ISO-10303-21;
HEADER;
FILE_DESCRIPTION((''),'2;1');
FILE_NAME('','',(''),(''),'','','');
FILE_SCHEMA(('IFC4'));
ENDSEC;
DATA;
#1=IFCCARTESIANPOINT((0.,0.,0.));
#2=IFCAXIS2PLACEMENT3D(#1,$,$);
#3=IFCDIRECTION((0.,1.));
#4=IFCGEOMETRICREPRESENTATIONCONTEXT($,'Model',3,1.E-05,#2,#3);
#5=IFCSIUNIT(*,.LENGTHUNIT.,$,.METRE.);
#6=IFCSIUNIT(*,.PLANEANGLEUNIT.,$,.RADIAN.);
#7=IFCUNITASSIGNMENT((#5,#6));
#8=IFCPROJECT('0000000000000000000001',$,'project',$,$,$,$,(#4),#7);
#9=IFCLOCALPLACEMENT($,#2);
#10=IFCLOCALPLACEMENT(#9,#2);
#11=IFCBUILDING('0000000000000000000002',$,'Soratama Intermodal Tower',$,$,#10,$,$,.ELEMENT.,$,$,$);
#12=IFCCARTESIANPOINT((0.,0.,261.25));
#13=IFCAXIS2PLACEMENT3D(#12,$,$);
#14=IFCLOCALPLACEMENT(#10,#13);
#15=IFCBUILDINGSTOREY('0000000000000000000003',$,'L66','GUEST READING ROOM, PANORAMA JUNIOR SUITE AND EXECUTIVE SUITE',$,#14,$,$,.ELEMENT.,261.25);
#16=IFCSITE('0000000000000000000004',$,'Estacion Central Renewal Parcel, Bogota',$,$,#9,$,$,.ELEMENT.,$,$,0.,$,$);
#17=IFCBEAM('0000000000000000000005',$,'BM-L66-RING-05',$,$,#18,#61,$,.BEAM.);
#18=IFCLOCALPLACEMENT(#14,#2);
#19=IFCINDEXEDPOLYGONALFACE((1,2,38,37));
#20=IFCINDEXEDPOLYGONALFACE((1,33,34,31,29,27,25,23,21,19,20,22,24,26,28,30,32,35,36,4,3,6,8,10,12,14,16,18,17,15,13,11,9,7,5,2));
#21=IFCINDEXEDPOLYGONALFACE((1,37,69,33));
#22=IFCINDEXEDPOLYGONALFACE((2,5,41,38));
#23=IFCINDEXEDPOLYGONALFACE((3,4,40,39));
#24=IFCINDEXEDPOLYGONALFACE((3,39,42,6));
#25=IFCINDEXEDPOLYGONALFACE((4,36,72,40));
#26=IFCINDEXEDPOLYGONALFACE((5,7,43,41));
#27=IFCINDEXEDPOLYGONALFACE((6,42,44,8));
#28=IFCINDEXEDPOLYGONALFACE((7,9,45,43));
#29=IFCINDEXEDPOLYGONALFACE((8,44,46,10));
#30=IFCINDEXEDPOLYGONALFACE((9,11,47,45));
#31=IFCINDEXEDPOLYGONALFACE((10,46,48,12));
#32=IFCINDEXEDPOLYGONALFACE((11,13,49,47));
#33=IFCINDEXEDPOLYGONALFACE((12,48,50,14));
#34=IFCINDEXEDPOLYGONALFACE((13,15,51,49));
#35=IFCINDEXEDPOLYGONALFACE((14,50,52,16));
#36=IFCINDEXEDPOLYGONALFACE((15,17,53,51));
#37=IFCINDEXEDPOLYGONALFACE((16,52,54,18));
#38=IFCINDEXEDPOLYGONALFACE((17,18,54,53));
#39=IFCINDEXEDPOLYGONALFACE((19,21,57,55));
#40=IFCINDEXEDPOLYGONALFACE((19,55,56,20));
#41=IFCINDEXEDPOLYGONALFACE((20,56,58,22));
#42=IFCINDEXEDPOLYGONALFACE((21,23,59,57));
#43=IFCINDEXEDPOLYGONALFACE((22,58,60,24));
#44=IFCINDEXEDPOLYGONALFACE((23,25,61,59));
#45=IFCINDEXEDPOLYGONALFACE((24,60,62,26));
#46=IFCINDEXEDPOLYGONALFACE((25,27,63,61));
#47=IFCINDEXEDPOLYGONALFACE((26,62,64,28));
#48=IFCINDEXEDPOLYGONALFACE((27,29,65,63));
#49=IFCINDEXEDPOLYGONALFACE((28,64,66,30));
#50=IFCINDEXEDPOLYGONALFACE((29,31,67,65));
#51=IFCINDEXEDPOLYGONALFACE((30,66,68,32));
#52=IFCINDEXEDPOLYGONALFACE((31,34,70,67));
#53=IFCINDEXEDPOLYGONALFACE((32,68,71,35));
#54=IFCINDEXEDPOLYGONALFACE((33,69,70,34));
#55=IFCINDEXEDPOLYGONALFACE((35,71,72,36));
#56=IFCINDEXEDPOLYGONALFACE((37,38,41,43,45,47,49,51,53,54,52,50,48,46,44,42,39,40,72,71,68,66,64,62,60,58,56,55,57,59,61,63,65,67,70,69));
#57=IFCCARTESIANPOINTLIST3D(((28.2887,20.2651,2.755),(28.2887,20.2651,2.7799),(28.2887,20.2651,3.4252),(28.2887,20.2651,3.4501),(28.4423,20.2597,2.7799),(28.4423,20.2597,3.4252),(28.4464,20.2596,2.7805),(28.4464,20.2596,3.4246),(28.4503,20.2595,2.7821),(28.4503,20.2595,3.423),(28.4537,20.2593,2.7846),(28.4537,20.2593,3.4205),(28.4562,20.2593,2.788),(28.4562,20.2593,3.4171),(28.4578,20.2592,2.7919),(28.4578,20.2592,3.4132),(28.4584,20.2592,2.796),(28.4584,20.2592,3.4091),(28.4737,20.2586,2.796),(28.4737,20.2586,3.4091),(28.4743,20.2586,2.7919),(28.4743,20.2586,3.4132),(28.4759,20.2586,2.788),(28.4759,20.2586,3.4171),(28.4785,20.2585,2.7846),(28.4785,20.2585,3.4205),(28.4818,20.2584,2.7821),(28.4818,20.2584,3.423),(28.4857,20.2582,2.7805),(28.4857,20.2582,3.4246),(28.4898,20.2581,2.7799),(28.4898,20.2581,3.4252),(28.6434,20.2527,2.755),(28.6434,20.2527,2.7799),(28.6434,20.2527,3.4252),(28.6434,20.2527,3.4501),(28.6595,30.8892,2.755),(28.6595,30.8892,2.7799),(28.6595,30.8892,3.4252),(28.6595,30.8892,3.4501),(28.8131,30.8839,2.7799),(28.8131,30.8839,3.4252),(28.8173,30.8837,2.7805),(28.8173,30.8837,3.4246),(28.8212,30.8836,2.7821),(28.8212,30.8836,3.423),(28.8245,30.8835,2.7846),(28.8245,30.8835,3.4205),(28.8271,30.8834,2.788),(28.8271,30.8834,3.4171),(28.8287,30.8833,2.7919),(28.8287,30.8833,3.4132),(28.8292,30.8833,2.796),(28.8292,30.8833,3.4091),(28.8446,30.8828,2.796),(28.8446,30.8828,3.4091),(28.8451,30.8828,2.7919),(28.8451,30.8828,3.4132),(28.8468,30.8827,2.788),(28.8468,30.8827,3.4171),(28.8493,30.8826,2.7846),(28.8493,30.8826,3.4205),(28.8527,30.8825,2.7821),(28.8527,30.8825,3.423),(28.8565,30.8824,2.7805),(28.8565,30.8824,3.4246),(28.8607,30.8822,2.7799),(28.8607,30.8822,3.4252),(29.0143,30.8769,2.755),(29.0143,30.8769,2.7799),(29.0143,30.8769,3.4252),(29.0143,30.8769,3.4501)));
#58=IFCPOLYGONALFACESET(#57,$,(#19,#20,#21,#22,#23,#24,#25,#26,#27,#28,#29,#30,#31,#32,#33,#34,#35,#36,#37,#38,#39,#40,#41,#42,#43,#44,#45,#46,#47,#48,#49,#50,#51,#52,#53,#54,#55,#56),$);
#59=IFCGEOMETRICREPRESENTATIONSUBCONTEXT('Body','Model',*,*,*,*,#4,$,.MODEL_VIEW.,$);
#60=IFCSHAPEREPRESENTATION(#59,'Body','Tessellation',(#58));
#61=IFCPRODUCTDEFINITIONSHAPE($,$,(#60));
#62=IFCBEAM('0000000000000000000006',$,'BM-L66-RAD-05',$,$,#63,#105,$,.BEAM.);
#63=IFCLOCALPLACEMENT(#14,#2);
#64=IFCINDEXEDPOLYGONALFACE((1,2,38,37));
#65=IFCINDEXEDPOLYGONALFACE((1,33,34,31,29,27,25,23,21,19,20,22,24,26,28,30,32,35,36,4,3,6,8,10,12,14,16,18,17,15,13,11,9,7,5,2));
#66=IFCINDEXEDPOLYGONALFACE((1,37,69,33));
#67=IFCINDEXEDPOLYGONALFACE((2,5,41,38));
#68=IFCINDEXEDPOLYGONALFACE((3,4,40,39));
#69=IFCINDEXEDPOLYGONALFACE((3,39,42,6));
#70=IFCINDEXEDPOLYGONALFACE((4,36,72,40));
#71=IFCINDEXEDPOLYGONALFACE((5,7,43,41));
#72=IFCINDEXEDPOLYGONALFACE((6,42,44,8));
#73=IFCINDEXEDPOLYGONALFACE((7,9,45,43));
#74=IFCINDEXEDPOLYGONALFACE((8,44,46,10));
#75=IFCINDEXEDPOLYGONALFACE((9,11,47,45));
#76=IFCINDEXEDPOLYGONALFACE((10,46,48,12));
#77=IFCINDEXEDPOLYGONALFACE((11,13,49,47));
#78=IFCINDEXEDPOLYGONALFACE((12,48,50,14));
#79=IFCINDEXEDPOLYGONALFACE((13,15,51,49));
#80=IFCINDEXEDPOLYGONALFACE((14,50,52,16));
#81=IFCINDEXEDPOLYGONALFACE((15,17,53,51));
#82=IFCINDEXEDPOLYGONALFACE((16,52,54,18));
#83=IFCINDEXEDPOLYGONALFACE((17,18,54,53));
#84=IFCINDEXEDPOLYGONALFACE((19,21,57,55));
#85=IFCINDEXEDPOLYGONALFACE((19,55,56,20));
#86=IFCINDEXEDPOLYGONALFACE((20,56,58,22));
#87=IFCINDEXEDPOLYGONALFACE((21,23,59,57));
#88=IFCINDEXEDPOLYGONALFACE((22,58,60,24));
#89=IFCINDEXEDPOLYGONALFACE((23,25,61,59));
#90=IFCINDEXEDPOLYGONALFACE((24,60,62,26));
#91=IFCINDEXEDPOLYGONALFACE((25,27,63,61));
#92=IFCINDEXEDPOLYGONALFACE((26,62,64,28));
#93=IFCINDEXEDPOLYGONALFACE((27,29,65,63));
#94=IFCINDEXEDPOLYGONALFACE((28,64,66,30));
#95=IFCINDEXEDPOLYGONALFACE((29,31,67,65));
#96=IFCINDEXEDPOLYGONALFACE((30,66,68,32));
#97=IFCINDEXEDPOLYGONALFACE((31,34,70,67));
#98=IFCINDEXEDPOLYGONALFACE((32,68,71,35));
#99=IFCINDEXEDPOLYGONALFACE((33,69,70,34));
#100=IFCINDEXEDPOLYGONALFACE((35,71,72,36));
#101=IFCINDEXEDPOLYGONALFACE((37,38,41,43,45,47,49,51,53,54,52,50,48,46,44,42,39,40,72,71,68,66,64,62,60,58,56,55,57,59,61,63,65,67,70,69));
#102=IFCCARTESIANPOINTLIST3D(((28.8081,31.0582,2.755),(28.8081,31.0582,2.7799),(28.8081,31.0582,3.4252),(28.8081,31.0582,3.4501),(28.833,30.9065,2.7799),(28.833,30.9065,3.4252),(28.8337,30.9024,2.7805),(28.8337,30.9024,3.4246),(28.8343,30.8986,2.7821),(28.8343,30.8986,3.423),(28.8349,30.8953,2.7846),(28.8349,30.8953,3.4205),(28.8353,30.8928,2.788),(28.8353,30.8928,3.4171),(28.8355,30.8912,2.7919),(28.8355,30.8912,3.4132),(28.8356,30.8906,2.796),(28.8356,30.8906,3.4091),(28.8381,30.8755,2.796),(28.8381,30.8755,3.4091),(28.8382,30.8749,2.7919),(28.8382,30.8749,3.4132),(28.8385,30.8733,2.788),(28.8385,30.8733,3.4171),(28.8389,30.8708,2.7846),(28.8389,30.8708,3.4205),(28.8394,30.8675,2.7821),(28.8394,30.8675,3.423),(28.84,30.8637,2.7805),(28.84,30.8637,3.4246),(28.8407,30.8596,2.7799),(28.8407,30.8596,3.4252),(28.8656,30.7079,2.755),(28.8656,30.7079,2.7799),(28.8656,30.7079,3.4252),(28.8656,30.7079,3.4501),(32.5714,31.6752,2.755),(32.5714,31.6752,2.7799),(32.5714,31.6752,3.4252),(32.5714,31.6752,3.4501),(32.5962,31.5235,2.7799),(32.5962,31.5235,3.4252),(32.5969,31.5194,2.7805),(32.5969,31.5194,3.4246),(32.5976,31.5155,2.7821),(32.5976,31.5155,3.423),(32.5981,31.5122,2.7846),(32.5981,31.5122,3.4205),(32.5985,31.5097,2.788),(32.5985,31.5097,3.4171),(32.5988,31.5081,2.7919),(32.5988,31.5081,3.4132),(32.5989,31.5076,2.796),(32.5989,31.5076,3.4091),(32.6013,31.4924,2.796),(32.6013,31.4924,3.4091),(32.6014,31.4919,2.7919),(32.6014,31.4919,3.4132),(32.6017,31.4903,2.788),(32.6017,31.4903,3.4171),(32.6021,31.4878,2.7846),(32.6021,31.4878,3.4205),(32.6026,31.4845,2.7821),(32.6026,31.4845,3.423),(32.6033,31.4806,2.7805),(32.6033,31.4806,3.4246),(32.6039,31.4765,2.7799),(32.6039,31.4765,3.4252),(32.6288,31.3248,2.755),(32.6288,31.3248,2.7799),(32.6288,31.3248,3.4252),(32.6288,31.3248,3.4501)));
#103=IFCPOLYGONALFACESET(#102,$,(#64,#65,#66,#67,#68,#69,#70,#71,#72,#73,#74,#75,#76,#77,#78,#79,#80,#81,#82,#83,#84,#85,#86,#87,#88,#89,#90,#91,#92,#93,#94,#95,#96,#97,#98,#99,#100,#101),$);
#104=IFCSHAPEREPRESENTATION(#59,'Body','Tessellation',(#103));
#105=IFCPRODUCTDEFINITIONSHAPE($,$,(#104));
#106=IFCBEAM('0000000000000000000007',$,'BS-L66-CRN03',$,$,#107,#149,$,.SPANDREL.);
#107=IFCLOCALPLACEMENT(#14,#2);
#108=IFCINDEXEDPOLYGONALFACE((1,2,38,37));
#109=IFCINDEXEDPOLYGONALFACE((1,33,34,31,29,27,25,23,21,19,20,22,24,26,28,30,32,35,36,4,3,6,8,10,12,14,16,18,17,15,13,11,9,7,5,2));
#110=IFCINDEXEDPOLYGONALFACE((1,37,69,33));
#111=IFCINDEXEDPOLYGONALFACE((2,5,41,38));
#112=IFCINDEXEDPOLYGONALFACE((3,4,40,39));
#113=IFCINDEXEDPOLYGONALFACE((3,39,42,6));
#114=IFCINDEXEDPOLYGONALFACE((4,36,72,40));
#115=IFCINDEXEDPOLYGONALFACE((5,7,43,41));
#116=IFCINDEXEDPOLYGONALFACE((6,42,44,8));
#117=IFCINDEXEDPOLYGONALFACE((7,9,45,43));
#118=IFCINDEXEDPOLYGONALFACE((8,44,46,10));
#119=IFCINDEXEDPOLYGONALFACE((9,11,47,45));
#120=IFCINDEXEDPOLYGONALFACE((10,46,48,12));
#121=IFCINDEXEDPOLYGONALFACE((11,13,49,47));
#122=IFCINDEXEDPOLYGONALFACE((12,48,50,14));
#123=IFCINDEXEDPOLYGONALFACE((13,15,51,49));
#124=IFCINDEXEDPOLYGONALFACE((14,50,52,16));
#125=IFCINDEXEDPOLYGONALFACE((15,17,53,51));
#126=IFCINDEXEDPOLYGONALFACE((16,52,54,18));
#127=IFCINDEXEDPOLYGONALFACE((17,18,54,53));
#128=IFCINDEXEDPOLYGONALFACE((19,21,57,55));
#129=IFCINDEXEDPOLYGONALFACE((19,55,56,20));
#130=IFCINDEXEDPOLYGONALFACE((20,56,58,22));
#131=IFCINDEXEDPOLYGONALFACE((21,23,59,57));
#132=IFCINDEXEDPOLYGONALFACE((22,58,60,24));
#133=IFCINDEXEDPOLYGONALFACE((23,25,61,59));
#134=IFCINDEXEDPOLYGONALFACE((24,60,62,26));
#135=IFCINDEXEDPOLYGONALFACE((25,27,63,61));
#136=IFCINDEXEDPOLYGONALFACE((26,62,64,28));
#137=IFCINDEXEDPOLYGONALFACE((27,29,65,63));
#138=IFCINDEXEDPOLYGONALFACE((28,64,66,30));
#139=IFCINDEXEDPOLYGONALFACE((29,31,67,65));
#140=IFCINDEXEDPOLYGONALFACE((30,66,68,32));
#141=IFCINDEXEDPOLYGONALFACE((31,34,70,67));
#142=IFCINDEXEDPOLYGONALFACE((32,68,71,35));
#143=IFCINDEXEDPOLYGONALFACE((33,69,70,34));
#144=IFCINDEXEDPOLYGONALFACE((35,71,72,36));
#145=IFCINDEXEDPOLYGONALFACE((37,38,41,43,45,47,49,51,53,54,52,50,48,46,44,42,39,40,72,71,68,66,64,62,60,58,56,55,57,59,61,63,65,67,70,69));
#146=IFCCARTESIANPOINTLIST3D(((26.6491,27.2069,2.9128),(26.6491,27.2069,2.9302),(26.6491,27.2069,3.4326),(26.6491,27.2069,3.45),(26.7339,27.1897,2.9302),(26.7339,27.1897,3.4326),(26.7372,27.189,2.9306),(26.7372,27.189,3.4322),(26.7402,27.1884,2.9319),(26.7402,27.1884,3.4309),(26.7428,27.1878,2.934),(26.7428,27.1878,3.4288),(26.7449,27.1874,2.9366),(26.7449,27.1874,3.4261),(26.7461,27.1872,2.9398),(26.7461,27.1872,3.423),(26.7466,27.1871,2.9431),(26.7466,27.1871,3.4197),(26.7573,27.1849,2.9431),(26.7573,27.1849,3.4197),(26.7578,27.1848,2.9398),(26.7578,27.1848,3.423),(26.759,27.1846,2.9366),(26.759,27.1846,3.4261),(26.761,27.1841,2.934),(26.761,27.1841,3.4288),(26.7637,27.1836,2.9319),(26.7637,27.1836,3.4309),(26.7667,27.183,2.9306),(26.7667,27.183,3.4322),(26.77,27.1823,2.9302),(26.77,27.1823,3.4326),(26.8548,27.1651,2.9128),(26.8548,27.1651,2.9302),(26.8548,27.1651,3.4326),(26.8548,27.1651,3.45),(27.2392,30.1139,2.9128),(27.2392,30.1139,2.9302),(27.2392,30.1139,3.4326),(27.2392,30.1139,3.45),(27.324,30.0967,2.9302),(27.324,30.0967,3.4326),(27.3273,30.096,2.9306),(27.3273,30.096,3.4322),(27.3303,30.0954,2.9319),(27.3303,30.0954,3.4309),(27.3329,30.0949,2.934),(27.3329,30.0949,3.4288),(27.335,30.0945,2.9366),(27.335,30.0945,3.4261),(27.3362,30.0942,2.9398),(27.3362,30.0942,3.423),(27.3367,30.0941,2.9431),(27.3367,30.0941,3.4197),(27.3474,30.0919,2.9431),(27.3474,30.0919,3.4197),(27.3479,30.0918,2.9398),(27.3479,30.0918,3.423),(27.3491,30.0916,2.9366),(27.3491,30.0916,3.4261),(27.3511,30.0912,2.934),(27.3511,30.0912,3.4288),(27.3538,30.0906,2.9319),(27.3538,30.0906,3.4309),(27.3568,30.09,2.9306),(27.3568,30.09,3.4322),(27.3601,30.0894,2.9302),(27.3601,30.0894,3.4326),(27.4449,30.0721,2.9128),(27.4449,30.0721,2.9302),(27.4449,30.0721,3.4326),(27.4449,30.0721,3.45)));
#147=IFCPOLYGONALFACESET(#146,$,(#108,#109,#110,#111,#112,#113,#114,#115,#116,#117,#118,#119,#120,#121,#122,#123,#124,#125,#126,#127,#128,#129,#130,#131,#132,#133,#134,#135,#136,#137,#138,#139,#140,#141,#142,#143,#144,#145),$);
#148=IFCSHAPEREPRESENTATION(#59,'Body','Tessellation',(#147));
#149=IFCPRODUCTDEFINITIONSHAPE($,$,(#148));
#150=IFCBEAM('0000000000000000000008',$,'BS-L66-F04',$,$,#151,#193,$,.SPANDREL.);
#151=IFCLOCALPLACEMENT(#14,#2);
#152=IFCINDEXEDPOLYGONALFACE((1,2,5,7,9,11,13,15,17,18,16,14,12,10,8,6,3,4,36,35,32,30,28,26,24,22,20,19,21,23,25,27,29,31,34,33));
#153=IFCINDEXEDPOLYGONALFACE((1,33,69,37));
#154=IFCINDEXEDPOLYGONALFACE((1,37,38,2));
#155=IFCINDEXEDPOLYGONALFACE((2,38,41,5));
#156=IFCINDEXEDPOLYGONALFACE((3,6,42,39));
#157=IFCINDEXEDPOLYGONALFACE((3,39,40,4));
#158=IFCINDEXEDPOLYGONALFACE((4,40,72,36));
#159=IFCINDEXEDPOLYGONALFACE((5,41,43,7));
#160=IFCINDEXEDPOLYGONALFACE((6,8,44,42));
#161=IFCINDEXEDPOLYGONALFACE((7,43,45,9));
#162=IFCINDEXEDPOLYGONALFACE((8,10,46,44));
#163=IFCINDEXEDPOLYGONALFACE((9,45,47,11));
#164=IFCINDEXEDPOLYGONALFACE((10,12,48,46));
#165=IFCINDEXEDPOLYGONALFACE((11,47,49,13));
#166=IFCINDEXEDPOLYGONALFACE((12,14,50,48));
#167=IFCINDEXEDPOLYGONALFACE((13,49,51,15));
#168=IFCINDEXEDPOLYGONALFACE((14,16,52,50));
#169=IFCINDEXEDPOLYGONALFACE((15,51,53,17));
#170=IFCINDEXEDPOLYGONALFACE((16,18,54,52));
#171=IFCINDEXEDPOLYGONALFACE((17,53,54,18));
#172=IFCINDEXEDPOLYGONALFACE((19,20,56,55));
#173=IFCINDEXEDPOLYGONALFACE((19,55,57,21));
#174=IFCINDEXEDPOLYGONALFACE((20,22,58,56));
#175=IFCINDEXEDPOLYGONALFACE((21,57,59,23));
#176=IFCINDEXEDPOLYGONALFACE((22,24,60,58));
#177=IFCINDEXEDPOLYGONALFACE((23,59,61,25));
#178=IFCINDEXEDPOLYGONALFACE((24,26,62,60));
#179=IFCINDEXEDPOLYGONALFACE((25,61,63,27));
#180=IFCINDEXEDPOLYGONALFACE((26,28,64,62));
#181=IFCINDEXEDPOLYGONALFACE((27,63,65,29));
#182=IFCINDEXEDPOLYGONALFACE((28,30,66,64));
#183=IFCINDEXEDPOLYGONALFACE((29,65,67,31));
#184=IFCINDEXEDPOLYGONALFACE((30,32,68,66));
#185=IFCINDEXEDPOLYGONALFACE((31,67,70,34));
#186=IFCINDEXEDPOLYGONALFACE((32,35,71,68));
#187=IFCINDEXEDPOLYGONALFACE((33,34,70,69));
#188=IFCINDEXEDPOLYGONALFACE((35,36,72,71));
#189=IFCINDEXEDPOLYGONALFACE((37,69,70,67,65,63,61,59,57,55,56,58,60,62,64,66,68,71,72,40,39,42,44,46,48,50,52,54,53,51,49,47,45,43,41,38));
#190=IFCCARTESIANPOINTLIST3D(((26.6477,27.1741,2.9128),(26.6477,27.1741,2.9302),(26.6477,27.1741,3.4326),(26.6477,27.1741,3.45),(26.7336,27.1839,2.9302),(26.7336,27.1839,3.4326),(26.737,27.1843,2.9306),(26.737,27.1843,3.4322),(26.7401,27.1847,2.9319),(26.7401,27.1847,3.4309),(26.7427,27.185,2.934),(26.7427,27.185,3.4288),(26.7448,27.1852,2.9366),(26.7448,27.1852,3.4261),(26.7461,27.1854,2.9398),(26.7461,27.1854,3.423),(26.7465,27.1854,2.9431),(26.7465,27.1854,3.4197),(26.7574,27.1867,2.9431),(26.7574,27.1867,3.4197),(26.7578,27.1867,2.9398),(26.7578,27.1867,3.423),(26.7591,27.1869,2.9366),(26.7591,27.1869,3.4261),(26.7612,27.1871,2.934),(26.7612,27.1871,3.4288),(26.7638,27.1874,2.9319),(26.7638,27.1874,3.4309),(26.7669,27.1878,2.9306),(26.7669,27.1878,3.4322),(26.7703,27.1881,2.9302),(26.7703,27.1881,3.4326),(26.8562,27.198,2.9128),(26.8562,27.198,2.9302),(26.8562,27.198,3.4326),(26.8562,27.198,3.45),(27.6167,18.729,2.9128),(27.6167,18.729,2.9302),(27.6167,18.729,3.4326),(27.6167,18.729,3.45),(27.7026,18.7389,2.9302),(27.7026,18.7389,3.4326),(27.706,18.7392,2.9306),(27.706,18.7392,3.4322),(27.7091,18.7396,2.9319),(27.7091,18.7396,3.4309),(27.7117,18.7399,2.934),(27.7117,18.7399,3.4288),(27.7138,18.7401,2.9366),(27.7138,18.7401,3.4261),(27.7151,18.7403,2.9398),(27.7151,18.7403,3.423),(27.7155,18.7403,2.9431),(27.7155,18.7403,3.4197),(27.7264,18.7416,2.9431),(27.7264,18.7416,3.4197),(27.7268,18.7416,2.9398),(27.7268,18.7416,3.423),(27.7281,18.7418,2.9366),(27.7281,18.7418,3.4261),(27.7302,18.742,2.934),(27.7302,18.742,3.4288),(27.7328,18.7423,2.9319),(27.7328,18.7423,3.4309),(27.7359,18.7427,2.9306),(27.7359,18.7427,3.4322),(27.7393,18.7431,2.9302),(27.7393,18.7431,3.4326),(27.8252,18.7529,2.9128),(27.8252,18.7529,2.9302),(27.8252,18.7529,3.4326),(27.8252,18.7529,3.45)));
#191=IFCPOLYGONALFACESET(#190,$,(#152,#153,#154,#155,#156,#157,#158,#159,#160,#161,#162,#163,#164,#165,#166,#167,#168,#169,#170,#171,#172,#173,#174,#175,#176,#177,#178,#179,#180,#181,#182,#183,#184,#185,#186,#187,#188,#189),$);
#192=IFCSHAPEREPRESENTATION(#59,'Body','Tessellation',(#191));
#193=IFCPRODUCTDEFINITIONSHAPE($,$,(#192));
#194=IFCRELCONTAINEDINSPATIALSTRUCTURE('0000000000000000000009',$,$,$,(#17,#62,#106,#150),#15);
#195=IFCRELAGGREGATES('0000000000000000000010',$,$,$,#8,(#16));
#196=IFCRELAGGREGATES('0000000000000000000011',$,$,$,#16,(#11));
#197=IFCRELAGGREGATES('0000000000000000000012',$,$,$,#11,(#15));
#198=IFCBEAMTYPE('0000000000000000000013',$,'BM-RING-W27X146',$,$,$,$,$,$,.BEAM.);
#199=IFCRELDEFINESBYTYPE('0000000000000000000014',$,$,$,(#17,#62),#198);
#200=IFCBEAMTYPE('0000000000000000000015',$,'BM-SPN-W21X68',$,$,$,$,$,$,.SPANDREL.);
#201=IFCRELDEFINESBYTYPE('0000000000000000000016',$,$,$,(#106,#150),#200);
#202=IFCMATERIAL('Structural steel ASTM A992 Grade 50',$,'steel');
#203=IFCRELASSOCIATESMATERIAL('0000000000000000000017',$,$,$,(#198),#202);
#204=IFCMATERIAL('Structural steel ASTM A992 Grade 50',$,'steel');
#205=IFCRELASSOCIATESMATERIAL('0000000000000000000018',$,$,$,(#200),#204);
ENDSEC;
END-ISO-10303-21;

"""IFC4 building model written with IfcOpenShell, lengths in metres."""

from ifc_helpers import new_model, si_unit, direction, frame, origin, origin_2d, place, context, subcontext, project, spatial, i_section, extrude, material, material_profile, profile_set, type_object, element, save


model = new_model("IFC4")

# Units and contexts
model_context = context("Model", 3, precision=1e-05, world=origin(), true_north=direction((0.0, 1.0)))
body_context = subcontext(model_context, "Body", "Model", "MODEL_VIEW")
ifc_project = project(units=[si_unit("LENGTHUNIT", "METRE"), si_unit("PLANEANGLEUNIT", "RADIAN")], contexts=[model_context])

# Site, building, storey
site_placement = place(None, origin())
site = spatial("IfcSite", under=ifc_project, at=site_placement, Name="Estacion Central Renewal Parcel, Bogota", CompositionType="ELEMENT", RefElevation=0.0)
building_placement = place(site_placement, origin())
building = spatial("IfcBuilding", under=site, at=building_placement, Name="Soratama Intermodal Tower", CompositionType="ELEMENT")
storey_placement = place(building_placement, frame((0.0, 0.0, 261.25)))
storey = spatial("IfcBuildingStorey", under=building, at=storey_placement, Name="L66", Description="GUEST READING ROOM, PANORAMA JUNIOR SUITE AND EXECUTIVE SUITE", CompositionType="ELEMENT", Elevation=261.25)

# Beams
ifc_material_1 = material(Name="Structural steel ASTM A992 Grade 50", Category="steel")
ifc_material_profile_1 = material_profile(ifc_material_1, i_section(OverallWidth=0.355, OverallDepth=0.6951, WebThickness=0.0154, FlangeThickness=0.0249, FilletRadius=0.0161, at=origin_2d()), Name="W27X146")
ifc_profile_set_1 = profile_set([ifc_material_profile_1], Name="Structural steel ASTM A992 Grade 50")
beam_type_1 = type_object("IfcBeamType", Name="BM-RING-W27X146", PredefinedType="BEAM", material=ifc_profile_set_1)
beam_1_placement = place(storey_placement, frame((28.8369, 30.8831, 3.1025), z_axis=(-0.034885, -0.999391, 0.0), x_axis=(0.999391, -0.034885, 0.0)))
element("IfcBeam", 1, at=beam_1_placement, inside=storey, type_object=beam_type_1, Name="BM-L66-RING-05", PredefinedType="BEAM", context=body_context, shape_type="SweptSolid", body=[
    extrude(i_section(OverallWidth=0.355, OverallDepth=0.6951, WebThickness=0.0154, FlangeThickness=0.0249, FilletRadius=0.0161, at=origin_2d()), origin(), (0.0, 0.0, 1.0), 10.6306),
])
beam_2_placement = place(storey_placement, frame((32.6001, 31.5, 3.1025), z_axis=(-0.986826, -0.161782, 0.0), x_axis=(0.161782, -0.986826, 0.0)))
element("IfcBeam", 2, at=beam_2_placement, inside=storey, type_object=beam_type_1, Name="BM-L66-RAD-05", PredefinedType="BEAM", context=body_context, shape_type="SweptSolid", body=[
    extrude(i_section(OverallWidth=0.355, OverallDepth=0.6951, WebThickness=0.0154, FlangeThickness=0.0249, FilletRadius=0.0161, at=origin_2d()), origin(), (0.0, 0.0, 1.0), 3.8135),
])
ifc_material_2 = material(Name="Structural steel ASTM A992 Grade 50", Category="steel")
ifc_material_profile_2 = material_profile(ifc_material_2, i_section(OverallWidth=0.21, OverallDepth=0.5371, WebThickness=0.011, FlangeThickness=0.0173, FilletRadius=0.0129, at=origin_2d()), Name="W21X68")
ifc_profile_set_2 = profile_set([ifc_material_profile_2], Name="Structural steel ASTM A992 Grade 50")
beam_type_2 = type_object("IfcBeamType", Name="BM-SPN-W21X68", PredefinedType="SPANDREL", material=ifc_profile_set_2)
beam_3_placement = place(storey_placement, frame((27.342, 30.093, 3.1814), z_axis=(-0.198933, -0.980013, 0.0), x_axis=(0.980013, -0.198933, 0.0)))
element("IfcBeam", 3, at=beam_3_placement, inside=storey, type_object=beam_type_2, Name="BS-L66-CRN03", PredefinedType="SPANDREL", context=body_context, shape_type="SweptSolid", body=[
    extrude(i_section(OverallWidth=0.21, OverallDepth=0.5371, WebThickness=0.011, FlangeThickness=0.0173, FilletRadius=0.0129, at=origin_2d()), origin(), (0.0, 0.0, 1.0), 2.9663),
])
beam_4_placement = place(storey_placement, frame((26.752, 27.186, 3.1814), z_axis=(0.113993, -0.993482, 0.0), x_axis=(0.993482, 0.113993, 0.0)))
element("IfcBeam", 4, at=beam_4_placement, inside=storey, type_object=beam_type_2, Name="BS-L66-F04", PredefinedType="SPANDREL", context=body_context, shape_type="SweptSolid", body=[
    extrude(i_section(OverallWidth=0.21, OverallDepth=0.5371, WebThickness=0.011, FlangeThickness=0.0173, FilletRadius=0.0129, at=origin_2d()), origin(), (0.0, 0.0, 1.0), 8.5005),
])

save(model, "model.ifc")
